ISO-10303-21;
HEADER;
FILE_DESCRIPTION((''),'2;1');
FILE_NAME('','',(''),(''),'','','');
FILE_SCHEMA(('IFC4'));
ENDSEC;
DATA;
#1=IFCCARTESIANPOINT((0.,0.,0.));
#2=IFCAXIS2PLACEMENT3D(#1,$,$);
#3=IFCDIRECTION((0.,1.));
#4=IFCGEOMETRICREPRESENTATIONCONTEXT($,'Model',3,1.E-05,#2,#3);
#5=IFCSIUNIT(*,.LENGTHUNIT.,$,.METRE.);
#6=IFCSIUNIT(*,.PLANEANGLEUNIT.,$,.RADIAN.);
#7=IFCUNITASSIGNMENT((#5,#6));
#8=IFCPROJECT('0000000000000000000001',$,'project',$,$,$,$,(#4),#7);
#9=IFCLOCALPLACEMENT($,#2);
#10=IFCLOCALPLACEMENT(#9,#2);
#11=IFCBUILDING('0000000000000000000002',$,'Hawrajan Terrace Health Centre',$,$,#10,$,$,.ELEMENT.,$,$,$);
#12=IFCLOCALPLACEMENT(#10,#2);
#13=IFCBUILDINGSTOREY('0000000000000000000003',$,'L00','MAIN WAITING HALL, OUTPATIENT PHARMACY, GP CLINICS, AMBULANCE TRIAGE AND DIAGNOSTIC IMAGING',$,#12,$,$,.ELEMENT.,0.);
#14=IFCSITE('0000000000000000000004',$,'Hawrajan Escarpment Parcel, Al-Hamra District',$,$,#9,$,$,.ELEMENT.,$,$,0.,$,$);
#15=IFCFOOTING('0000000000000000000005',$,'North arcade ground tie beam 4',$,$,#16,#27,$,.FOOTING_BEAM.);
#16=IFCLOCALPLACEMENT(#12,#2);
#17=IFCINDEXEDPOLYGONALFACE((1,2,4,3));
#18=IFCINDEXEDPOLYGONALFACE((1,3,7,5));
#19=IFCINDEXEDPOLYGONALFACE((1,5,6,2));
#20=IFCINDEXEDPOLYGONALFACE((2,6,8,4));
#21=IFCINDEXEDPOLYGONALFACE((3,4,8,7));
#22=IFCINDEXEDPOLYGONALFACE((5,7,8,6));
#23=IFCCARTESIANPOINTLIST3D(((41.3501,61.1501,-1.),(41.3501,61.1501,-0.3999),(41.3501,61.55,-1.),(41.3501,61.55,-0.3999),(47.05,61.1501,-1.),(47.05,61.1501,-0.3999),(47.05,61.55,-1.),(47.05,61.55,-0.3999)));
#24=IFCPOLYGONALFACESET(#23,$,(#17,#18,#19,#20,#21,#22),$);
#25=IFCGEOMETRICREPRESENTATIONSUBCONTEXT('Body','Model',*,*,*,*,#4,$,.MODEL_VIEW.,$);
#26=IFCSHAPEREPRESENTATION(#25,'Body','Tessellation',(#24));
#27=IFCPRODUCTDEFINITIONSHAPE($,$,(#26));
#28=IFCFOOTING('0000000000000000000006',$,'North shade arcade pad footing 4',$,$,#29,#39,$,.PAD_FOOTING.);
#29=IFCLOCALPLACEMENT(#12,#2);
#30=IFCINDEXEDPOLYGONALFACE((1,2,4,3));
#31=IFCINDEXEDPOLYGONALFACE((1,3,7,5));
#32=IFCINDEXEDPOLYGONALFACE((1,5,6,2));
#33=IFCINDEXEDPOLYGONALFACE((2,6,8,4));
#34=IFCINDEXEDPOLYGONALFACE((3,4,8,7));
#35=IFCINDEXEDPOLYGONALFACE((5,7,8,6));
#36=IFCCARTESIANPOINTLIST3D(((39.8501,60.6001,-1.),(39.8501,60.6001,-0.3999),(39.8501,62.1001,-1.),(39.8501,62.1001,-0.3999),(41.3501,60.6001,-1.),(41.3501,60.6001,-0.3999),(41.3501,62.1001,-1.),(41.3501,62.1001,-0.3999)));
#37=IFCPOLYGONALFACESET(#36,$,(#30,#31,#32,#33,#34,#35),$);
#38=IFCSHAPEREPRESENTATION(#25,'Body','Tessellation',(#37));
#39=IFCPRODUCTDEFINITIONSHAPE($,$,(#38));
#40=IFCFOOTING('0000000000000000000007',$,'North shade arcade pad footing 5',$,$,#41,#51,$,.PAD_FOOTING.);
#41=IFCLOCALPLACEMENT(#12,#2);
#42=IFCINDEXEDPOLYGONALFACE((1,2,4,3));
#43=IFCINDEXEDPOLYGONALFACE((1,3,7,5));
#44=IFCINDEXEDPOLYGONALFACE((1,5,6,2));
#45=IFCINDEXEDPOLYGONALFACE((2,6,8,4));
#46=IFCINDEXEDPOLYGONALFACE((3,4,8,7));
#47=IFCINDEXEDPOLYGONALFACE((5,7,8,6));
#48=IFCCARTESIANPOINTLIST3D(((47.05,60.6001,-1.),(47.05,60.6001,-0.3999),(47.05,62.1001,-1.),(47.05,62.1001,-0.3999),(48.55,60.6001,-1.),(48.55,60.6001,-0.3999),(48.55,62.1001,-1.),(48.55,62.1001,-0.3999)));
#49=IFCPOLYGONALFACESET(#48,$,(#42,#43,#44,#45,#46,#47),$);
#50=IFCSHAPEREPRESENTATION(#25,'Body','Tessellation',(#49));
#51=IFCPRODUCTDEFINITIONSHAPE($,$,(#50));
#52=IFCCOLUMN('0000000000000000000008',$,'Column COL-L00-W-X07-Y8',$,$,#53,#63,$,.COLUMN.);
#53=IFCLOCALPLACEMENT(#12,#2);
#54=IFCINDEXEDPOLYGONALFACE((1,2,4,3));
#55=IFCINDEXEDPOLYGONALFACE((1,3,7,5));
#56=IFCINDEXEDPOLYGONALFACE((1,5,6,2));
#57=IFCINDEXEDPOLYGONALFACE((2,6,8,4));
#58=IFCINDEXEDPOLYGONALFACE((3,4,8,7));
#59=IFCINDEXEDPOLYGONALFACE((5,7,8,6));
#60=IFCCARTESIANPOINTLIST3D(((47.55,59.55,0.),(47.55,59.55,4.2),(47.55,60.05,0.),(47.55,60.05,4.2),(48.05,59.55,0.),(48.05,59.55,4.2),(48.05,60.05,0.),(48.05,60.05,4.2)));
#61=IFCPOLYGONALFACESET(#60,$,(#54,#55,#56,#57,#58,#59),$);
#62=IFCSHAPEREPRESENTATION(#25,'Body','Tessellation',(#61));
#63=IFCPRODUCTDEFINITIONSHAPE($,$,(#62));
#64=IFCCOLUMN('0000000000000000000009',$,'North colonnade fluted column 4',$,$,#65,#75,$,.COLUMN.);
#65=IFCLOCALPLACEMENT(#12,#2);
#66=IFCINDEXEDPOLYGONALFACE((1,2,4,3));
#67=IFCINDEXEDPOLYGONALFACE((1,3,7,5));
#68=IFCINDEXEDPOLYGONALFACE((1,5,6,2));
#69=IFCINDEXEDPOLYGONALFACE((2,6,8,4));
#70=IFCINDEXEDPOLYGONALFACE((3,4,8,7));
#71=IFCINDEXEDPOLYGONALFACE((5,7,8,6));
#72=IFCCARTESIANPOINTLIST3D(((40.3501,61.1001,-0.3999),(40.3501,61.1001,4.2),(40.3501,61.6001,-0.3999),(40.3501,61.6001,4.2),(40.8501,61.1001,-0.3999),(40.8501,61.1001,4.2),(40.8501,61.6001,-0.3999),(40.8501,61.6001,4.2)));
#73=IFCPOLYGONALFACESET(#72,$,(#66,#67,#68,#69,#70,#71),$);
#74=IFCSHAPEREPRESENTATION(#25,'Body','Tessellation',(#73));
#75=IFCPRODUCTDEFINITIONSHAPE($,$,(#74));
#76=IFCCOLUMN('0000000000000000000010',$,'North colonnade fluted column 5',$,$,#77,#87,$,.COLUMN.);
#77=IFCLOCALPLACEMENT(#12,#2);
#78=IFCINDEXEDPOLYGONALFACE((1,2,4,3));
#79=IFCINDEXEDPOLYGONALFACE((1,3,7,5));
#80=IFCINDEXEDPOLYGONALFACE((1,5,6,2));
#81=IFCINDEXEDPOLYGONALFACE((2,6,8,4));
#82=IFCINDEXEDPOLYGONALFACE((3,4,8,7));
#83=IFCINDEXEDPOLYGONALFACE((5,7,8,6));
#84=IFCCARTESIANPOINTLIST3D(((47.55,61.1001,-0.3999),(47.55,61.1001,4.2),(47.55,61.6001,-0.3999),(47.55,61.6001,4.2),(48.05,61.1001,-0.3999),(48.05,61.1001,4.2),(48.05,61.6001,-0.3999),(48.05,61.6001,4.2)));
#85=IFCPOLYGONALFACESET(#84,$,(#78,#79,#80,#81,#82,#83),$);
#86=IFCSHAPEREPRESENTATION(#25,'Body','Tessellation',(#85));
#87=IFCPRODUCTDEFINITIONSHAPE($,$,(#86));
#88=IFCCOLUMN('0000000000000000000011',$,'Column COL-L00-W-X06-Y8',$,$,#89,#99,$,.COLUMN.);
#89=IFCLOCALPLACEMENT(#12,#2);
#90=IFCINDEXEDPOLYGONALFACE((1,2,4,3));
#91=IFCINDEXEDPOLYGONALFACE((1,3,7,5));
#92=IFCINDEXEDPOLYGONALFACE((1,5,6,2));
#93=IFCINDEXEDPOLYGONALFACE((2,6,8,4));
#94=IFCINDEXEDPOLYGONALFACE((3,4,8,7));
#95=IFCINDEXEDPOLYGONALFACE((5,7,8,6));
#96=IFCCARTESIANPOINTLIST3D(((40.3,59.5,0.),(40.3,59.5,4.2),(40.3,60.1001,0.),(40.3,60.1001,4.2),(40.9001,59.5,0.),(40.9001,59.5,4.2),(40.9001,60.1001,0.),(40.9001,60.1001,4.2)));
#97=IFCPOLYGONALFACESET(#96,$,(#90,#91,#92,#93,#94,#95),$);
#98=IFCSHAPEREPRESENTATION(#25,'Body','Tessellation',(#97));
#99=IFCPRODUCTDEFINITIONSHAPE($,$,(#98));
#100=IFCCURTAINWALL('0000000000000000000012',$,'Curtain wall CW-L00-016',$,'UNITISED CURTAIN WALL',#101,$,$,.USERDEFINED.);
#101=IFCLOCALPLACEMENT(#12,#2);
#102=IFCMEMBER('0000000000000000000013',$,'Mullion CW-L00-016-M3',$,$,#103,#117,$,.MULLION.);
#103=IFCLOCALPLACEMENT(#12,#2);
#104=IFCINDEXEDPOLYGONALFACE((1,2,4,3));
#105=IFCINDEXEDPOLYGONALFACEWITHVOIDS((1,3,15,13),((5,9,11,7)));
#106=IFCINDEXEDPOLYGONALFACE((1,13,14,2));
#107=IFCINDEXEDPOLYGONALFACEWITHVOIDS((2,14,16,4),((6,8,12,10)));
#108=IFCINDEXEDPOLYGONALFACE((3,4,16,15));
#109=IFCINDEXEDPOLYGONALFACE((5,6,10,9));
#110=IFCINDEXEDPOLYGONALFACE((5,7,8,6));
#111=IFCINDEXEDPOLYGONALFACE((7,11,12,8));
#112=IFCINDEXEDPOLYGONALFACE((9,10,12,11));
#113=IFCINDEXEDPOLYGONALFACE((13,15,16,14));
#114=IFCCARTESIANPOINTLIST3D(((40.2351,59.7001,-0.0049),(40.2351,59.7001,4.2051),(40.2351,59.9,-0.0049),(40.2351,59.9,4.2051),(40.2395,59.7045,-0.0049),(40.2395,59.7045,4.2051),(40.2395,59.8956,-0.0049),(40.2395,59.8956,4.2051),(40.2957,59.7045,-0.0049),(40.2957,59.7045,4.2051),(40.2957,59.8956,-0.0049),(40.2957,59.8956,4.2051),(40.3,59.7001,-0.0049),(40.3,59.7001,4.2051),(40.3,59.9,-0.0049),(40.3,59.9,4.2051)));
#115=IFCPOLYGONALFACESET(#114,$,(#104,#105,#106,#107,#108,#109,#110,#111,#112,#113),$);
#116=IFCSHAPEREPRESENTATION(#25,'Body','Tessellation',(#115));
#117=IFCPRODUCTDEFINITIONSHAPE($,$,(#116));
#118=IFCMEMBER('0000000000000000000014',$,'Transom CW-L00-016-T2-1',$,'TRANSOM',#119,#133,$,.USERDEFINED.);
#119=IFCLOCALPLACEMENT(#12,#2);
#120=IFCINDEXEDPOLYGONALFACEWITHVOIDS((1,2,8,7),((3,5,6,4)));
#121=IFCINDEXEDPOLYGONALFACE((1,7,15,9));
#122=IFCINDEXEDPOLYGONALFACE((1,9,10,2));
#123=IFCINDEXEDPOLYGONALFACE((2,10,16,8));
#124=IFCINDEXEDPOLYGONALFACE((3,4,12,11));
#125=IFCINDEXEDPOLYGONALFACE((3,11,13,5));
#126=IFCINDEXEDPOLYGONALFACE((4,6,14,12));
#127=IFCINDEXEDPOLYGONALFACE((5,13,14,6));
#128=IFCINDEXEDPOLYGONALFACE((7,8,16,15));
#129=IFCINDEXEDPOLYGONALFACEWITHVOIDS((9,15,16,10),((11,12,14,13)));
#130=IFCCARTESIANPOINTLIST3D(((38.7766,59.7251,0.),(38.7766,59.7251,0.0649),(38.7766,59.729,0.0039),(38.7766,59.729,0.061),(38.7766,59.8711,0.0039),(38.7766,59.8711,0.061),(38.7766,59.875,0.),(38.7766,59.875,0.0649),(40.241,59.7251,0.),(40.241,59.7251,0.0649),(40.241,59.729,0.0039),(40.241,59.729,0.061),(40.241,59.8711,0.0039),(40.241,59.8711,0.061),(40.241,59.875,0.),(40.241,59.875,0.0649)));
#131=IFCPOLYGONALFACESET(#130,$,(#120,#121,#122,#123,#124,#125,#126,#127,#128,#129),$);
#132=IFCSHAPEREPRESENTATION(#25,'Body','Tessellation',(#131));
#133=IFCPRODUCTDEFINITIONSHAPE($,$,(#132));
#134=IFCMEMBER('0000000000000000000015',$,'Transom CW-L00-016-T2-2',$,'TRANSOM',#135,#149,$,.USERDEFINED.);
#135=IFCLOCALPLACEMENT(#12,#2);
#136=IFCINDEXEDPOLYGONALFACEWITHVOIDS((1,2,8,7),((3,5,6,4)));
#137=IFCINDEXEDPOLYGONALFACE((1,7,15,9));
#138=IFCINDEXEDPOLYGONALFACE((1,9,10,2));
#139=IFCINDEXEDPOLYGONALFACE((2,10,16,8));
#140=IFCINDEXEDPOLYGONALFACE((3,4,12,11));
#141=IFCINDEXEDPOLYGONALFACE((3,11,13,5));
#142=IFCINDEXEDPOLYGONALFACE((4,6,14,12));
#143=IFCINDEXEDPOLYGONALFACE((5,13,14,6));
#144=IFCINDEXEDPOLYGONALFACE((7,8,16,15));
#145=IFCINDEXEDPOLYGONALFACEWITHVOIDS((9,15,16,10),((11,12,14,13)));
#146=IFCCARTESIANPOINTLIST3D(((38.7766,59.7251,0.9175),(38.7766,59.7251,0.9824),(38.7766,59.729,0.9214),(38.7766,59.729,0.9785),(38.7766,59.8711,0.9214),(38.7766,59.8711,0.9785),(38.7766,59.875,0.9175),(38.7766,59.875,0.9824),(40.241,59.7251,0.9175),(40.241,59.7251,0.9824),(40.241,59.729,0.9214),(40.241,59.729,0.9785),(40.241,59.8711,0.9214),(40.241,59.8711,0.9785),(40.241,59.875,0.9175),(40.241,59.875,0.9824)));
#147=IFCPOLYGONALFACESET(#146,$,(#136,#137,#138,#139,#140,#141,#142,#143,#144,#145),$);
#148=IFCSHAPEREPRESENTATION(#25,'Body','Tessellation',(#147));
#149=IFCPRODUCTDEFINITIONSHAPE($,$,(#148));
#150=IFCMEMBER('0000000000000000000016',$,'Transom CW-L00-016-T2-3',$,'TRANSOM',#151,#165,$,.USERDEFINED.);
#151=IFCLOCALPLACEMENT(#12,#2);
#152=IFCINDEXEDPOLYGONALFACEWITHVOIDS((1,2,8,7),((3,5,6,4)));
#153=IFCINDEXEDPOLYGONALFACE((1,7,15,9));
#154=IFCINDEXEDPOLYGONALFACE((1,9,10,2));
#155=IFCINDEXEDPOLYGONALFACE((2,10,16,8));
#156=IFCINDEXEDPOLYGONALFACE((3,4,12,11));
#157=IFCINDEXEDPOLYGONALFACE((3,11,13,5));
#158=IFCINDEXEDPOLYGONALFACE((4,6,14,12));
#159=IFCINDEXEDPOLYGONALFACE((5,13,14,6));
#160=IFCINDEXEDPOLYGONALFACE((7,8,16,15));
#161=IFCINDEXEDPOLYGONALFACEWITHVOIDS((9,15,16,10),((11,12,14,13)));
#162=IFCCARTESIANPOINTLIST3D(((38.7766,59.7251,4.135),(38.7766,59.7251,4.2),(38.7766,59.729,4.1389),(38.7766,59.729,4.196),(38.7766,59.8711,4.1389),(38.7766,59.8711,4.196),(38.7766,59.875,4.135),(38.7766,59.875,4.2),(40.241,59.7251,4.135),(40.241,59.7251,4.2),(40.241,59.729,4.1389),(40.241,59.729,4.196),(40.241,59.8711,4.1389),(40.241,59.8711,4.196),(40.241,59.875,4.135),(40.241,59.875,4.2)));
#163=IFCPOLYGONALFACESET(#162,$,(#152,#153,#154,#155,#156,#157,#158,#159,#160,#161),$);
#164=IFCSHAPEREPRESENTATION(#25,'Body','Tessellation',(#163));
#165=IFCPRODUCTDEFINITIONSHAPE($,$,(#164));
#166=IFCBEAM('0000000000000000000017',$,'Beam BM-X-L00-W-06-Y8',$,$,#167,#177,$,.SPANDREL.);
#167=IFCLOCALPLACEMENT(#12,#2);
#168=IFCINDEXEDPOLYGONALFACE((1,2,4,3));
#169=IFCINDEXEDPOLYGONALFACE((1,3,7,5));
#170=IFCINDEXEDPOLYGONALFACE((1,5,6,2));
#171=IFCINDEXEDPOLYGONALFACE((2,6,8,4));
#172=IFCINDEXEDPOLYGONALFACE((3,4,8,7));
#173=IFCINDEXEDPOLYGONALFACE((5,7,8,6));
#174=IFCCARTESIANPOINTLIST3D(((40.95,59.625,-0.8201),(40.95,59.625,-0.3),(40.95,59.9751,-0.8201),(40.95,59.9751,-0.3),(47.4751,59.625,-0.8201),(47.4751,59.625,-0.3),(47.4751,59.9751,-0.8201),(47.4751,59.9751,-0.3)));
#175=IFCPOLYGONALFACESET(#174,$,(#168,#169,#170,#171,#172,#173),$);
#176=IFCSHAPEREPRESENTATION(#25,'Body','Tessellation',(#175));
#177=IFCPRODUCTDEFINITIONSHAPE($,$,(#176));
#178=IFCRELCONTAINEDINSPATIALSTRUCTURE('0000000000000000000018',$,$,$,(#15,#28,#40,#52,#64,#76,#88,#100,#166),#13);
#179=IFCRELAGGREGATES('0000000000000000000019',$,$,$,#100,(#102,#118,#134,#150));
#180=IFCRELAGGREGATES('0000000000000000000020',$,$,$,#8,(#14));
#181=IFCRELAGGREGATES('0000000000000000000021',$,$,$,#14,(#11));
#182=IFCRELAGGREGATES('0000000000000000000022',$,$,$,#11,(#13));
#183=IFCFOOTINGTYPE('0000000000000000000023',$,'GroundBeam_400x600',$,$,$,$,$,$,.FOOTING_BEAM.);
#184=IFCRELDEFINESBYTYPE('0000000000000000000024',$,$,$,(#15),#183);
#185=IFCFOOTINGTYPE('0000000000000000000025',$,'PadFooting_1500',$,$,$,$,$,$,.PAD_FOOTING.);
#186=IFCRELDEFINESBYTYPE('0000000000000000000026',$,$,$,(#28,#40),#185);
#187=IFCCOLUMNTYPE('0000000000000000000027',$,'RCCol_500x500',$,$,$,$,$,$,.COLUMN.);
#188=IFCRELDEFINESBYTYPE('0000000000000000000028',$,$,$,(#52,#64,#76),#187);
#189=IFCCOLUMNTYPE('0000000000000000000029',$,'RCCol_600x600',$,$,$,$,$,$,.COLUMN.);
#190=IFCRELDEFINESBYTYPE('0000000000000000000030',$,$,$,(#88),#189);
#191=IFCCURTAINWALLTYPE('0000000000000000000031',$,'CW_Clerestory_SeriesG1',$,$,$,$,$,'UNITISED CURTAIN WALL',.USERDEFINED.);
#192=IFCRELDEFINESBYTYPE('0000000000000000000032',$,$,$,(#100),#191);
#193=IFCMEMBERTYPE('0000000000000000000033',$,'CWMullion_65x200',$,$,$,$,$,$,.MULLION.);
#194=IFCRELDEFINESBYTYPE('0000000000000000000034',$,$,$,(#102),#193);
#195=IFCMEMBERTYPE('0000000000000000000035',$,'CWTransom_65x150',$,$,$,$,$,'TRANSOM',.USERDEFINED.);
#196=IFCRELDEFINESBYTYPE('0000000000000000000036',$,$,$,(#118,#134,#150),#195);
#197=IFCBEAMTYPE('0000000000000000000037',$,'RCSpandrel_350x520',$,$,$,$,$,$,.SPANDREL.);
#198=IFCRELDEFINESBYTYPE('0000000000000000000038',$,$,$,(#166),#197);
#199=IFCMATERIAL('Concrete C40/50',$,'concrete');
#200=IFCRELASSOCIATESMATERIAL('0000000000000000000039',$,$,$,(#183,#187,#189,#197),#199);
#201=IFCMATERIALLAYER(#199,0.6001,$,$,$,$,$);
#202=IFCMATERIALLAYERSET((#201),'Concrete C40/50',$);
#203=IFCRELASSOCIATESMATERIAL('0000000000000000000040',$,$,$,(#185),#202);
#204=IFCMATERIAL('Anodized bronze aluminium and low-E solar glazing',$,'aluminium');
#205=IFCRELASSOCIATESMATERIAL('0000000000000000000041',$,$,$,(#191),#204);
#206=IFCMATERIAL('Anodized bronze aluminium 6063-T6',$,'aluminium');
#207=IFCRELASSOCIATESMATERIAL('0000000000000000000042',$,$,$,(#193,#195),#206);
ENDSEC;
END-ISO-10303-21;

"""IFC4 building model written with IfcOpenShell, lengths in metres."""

from ifc_helpers import new_model, si_unit, direction, frame, origin, origin_2d, place, context, subcontext, project, spatial, rectangle, hollow_rectangle, extrude, material, layer, layer_set, material_profile, profile_set, type_object, element, aggregate, save


model = new_model("IFC4")

# Units and contexts
model_context = context("Model", 3, precision=1e-05, world=origin(), true_north=direction((0.0, 1.0)))
body_context = subcontext(model_context, "Body", "Model", "MODEL_VIEW")
ifc_project = project(units=[si_unit("LENGTHUNIT", "METRE"), si_unit("PLANEANGLEUNIT", "RADIAN")], contexts=[model_context])

# Site, building, storey
site_placement = place(None, origin())
site = spatial("IfcSite", under=ifc_project, at=site_placement, Name="Hawrajan Escarpment Parcel, Al-Hamra District", CompositionType="ELEMENT", RefElevation=0.0)
building_placement = place(site_placement, origin())
building = spatial("IfcBuilding", under=site, at=building_placement, Name="Hawrajan Terrace Health Centre", CompositionType="ELEMENT")
storey_placement = place(building_placement, origin())
storey = spatial("IfcBuildingStorey", under=building, at=storey_placement, Name="L00", Description="MAIN WAITING HALL, OUTPATIENT PHARMACY, GP CLINICS, AMBULANCE TRIAGE AND DIAGNOSTIC IMAGING", CompositionType="ELEMENT", Elevation=0.0)

# Footings
ifc_material_1 = material(Name="Concrete C40/50", Category="concrete")
ifc_material_profile_1 = material_profile(ifc_material_1, rectangle(XDim=0.3999, YDim=0.6001, at=origin_2d()), Name="RC BM 400x600")
ifc_profile_set_1 = profile_set([ifc_material_profile_1], Name="Concrete C40/50")
footing_type_1 = type_object("IfcFootingType", Name="GroundBeam_400x600", PredefinedType="FOOTING_BEAM", material=ifc_profile_set_1)
footing_placement = place(storey_placement, frame((41.3501, 61.3501, -0.7), z_axis=(1.0, 0.0, 0.0), x_axis=(0.0, 1.0, 0.0)))
element("IfcFooting", 1, at=footing_placement, inside=storey, type_object=footing_type_1, Name="North arcade ground tie beam 4", PredefinedType="FOOTING_BEAM", context=body_context, shape_type="SweptSolid", body=[
    extrude(rectangle(XDim=0.3999, YDim=0.6001, at=origin_2d()), origin(), (0.0, 0.0, 1.0), 5.7),
])
ifc_layer_1 = layer(ifc_material_1, 0.6001)
ifc_layer_set_1 = layer_set([ifc_layer_1], Name="Concrete C40/50")
footing_type_2 = type_object("IfcFootingType", Name="PadFooting_1500", PredefinedType="PAD_FOOTING", material=ifc_layer_set_1)
for number, where, z_axis, x_axis, name in (
    (2, (40.6001, 61.3501, -1.0), (0.0, 0.0, 1.0), (1.0, 0.0, 0.0), "North shade arcade pad footing 4"),
    (3, (47.8, 61.3501, -1.0), (0.0, 0.0, 1.0), (1.0, 0.0, 0.0), "North shade arcade pad footing 5"),
):
    element("IfcFooting", number, at=place(storey_placement, frame(where, z_axis=z_axis, x_axis=x_axis)), inside=storey, type_object=footing_type_2, Name=name, PredefinedType="PAD_FOOTING", context=body_context, shape_type="SweptSolid", body=[
        extrude(rectangle(XDim=1.5, YDim=1.5, at=origin_2d()), origin(), (0.0, 0.0, 1.0), 0.6001),
    ])

# Columns
ifc_material_profile_2 = material_profile(ifc_material_1, rectangle(XDim=0.5, YDim=0.5, at=origin_2d()), Name="RC 500x500")
ifc_profile_set_2 = profile_set([ifc_material_profile_2], Name="Concrete C40/50")
column_type_1 = type_object("IfcColumnType", Name="RCCol_500x500", PredefinedType="COLUMN", material=ifc_profile_set_2)
column_1_placement = place(storey_placement, frame((47.8, 59.8, 0.0), z_axis=(0.0, 0.0, 1.0), x_axis=(1.0, 0.0, 0.0)))
element("IfcColumn", 4, at=column_1_placement, inside=storey, type_object=column_type_1, Name="Column COL-L00-W-X07-Y8", PredefinedType="COLUMN", context=body_context, shape_type="SweptSolid", body=[
    extrude(rectangle(XDim=0.5, YDim=0.5, at=origin_2d()), origin(), (0.0, 0.0, 1.0), 4.2),
])
for number, where, z_axis, x_axis, name in (
    (5, (40.6001, 61.3501, -0.3999), (0.0, 0.0, 1.0), (1.0, 0.0, 0.0), "North colonnade fluted column 4"),
    (6, (47.8, 61.3501, -0.3999), (0.0, 0.0, 1.0), (1.0, 0.0, 0.0), "North colonnade fluted column 5"),
):
    element("IfcColumn", number, at=place(storey_placement, frame(where, z_axis=z_axis, x_axis=x_axis)), inside=storey, type_object=column_type_1, Name=name, PredefinedType="COLUMN", context=body_context, shape_type="SweptSolid", body=[
        extrude(rectangle(XDim=0.5, YDim=0.5, at=origin_2d()), origin(), (0.0, 0.0, 1.0), 4.5999),
    ])
ifc_material_profile_3 = material_profile(ifc_material_1, rectangle(XDim=0.6001, YDim=0.6001, at=origin_2d()), Name="RC 600x600")
ifc_profile_set_3 = profile_set([ifc_material_profile_3], Name="Concrete C40/50")
column_type_2 = type_object("IfcColumnType", Name="RCCol_600x600", PredefinedType="COLUMN", material=ifc_profile_set_3)
column_2_placement = place(storey_placement, frame((40.6001, 59.8, 0.0), z_axis=(0.0, 0.0, 1.0), x_axis=(1.0, 0.0, 0.0)))
element("IfcColumn", 7, at=column_2_placement, inside=storey, type_object=column_type_2, Name="Column COL-L00-W-X06-Y8", PredefinedType="COLUMN", context=body_context, shape_type="SweptSolid", body=[
    extrude(rectangle(XDim=0.6001, YDim=0.6001, at=origin_2d()), origin(), (0.0, 0.0, 1.0), 4.2),
])

# Curtain wall, members
ifc_material_2 = material(Name="Anodized bronze aluminium and low-E solar glazing", Category="aluminium")
curtain_wall_type = type_object("IfcCurtainWallType", Name="CW_Clerestory_SeriesG1", ElementType="UNITISED CURTAIN WALL", PredefinedType="USERDEFINED", material=ifc_material_2)
curtain_wall_placement = place(storey_placement, origin())
curtain_wall = element("IfcCurtainWall", 8, at=curtain_wall_placement, inside=storey, type_object=curtain_wall_type, Name="Curtain wall CW-L00-016", ObjectType="UNITISED CURTAIN WALL", PredefinedType="USERDEFINED")
ifc_material_3 = material(Name="Anodized bronze aluminium 6063-T6", Category="aluminium")
ifc_material_profile_4 = material_profile(ifc_material_3, hollow_rectangle(XDim=0.0649, YDim=0.2, WallThickness=0.0044, at=origin_2d()), Name="CW MUL 65x200")
ifc_profile_set_4 = profile_set([ifc_material_profile_4], Name="Anodized bronze aluminium 6063-T6")
member_type_1 = type_object("IfcMemberType", Name="CWMullion_65x200", PredefinedType="MULLION", material=ifc_profile_set_4)
member_1_placement = place(storey_placement, frame((40.2676, 59.8, -0.0049), z_axis=(0.0, 0.0, 1.0), x_axis=(1.0, 0.0, 0.0)))
member_1 = element("IfcMember", 9, at=member_1_placement, type_object=member_type_1, Name="Mullion CW-L00-016-M3", PredefinedType="MULLION", context=body_context, shape_type="SweptSolid", body=[
    extrude(hollow_rectangle(XDim=0.0649, YDim=0.2, WallThickness=0.0044, at=origin_2d()), origin(), (0.0, 0.0, 1.0), 4.21),
])
ifc_material_profile_5 = material_profile(ifc_material_3, hollow_rectangle(XDim=0.0649, YDim=0.1499, WallThickness=0.0039, at=origin_2d()), Name="CW TRN 65x150")
ifc_profile_set_5 = profile_set([ifc_material_profile_5], Name="Anodized bronze aluminium 6063-T6")
member_type_2 = type_object("IfcMemberType", Name="CWTransom_65x150", ElementType="TRANSOM", PredefinedType="USERDEFINED", material=ifc_profile_set_5)
member_2_placement = place(storey_placement, frame((38.7766, 59.8, 0.0325), z_axis=(1.0, 0.0, 0.0), x_axis=(0.0, 0.0, 1.0)))
member_2 = element("IfcMember", 10, at=member_2_placement, type_object=member_type_2, Name="Transom CW-L00-016-T2-1", ObjectType="TRANSOM", PredefinedType="USERDEFINED", context=body_context, shape_type="SweptSolid", body=[
    extrude(hollow_rectangle(XDim=0.0649, YDim=0.1499, WallThickness=0.0039, at=origin_2d()), origin(), (0.0, 0.0, 1.0), 1.4644),
])
member_3_placement = place(storey_placement, frame((38.7766, 59.8, 0.95), z_axis=(1.0, 0.0, 0.0), x_axis=(0.0, 0.0, 1.0)))
member_3 = element("IfcMember", 11, at=member_3_placement, type_object=member_type_2, Name="Transom CW-L00-016-T2-2", ObjectType="TRANSOM", PredefinedType="USERDEFINED", context=body_context, shape_type="SweptSolid", body=[
    extrude(hollow_rectangle(XDim=0.0649, YDim=0.1499, WallThickness=0.0039, at=origin_2d()), origin(), (0.0, 0.0, 1.0), 1.4644),
])
member_4_placement = place(storey_placement, frame((38.7766, 59.8, 4.1675), z_axis=(1.0, 0.0, 0.0), x_axis=(0.0, 0.0, 1.0)))
member_4 = element("IfcMember", 12, at=member_4_placement, type_object=member_type_2, Name="Transom CW-L00-016-T2-3", ObjectType="TRANSOM", PredefinedType="USERDEFINED", context=body_context, shape_type="SweptSolid", body=[
    extrude(hollow_rectangle(XDim=0.0649, YDim=0.1499, WallThickness=0.0039, at=origin_2d()), origin(), (0.0, 0.0, 1.0), 1.4644),
])

# Beam
ifc_material_profile_6 = material_profile(ifc_material_1, rectangle(XDim=0.3501, YDim=0.52, at=origin_2d()), Name="RC SP 350x520")
ifc_profile_set_6 = profile_set([ifc_material_profile_6], Name="Concrete C40/50")
beam_type = type_object("IfcBeamType", Name="RCSpandrel_350x520", PredefinedType="SPANDREL", material=ifc_profile_set_6)
beam_placement = place(storey_placement, frame((40.95, 59.8, -0.5601), z_axis=(1.0, 0.0, 0.0), x_axis=(0.0, 1.0, 0.0)))
element("IfcBeam", 13, at=beam_placement, inside=storey, type_object=beam_type, Name="Beam BM-X-L00-W-06-Y8", PredefinedType="SPANDREL", context=body_context, shape_type="SweptSolid", body=[
    extrude(rectangle(XDim=0.3501, YDim=0.52, at=origin_2d()), origin(), (0.0, 0.0, 1.0), 6.5251),
])

aggregate(curtain_wall, [member_1, member_2, member_3, member_4])

save(model, "model.ifc")
